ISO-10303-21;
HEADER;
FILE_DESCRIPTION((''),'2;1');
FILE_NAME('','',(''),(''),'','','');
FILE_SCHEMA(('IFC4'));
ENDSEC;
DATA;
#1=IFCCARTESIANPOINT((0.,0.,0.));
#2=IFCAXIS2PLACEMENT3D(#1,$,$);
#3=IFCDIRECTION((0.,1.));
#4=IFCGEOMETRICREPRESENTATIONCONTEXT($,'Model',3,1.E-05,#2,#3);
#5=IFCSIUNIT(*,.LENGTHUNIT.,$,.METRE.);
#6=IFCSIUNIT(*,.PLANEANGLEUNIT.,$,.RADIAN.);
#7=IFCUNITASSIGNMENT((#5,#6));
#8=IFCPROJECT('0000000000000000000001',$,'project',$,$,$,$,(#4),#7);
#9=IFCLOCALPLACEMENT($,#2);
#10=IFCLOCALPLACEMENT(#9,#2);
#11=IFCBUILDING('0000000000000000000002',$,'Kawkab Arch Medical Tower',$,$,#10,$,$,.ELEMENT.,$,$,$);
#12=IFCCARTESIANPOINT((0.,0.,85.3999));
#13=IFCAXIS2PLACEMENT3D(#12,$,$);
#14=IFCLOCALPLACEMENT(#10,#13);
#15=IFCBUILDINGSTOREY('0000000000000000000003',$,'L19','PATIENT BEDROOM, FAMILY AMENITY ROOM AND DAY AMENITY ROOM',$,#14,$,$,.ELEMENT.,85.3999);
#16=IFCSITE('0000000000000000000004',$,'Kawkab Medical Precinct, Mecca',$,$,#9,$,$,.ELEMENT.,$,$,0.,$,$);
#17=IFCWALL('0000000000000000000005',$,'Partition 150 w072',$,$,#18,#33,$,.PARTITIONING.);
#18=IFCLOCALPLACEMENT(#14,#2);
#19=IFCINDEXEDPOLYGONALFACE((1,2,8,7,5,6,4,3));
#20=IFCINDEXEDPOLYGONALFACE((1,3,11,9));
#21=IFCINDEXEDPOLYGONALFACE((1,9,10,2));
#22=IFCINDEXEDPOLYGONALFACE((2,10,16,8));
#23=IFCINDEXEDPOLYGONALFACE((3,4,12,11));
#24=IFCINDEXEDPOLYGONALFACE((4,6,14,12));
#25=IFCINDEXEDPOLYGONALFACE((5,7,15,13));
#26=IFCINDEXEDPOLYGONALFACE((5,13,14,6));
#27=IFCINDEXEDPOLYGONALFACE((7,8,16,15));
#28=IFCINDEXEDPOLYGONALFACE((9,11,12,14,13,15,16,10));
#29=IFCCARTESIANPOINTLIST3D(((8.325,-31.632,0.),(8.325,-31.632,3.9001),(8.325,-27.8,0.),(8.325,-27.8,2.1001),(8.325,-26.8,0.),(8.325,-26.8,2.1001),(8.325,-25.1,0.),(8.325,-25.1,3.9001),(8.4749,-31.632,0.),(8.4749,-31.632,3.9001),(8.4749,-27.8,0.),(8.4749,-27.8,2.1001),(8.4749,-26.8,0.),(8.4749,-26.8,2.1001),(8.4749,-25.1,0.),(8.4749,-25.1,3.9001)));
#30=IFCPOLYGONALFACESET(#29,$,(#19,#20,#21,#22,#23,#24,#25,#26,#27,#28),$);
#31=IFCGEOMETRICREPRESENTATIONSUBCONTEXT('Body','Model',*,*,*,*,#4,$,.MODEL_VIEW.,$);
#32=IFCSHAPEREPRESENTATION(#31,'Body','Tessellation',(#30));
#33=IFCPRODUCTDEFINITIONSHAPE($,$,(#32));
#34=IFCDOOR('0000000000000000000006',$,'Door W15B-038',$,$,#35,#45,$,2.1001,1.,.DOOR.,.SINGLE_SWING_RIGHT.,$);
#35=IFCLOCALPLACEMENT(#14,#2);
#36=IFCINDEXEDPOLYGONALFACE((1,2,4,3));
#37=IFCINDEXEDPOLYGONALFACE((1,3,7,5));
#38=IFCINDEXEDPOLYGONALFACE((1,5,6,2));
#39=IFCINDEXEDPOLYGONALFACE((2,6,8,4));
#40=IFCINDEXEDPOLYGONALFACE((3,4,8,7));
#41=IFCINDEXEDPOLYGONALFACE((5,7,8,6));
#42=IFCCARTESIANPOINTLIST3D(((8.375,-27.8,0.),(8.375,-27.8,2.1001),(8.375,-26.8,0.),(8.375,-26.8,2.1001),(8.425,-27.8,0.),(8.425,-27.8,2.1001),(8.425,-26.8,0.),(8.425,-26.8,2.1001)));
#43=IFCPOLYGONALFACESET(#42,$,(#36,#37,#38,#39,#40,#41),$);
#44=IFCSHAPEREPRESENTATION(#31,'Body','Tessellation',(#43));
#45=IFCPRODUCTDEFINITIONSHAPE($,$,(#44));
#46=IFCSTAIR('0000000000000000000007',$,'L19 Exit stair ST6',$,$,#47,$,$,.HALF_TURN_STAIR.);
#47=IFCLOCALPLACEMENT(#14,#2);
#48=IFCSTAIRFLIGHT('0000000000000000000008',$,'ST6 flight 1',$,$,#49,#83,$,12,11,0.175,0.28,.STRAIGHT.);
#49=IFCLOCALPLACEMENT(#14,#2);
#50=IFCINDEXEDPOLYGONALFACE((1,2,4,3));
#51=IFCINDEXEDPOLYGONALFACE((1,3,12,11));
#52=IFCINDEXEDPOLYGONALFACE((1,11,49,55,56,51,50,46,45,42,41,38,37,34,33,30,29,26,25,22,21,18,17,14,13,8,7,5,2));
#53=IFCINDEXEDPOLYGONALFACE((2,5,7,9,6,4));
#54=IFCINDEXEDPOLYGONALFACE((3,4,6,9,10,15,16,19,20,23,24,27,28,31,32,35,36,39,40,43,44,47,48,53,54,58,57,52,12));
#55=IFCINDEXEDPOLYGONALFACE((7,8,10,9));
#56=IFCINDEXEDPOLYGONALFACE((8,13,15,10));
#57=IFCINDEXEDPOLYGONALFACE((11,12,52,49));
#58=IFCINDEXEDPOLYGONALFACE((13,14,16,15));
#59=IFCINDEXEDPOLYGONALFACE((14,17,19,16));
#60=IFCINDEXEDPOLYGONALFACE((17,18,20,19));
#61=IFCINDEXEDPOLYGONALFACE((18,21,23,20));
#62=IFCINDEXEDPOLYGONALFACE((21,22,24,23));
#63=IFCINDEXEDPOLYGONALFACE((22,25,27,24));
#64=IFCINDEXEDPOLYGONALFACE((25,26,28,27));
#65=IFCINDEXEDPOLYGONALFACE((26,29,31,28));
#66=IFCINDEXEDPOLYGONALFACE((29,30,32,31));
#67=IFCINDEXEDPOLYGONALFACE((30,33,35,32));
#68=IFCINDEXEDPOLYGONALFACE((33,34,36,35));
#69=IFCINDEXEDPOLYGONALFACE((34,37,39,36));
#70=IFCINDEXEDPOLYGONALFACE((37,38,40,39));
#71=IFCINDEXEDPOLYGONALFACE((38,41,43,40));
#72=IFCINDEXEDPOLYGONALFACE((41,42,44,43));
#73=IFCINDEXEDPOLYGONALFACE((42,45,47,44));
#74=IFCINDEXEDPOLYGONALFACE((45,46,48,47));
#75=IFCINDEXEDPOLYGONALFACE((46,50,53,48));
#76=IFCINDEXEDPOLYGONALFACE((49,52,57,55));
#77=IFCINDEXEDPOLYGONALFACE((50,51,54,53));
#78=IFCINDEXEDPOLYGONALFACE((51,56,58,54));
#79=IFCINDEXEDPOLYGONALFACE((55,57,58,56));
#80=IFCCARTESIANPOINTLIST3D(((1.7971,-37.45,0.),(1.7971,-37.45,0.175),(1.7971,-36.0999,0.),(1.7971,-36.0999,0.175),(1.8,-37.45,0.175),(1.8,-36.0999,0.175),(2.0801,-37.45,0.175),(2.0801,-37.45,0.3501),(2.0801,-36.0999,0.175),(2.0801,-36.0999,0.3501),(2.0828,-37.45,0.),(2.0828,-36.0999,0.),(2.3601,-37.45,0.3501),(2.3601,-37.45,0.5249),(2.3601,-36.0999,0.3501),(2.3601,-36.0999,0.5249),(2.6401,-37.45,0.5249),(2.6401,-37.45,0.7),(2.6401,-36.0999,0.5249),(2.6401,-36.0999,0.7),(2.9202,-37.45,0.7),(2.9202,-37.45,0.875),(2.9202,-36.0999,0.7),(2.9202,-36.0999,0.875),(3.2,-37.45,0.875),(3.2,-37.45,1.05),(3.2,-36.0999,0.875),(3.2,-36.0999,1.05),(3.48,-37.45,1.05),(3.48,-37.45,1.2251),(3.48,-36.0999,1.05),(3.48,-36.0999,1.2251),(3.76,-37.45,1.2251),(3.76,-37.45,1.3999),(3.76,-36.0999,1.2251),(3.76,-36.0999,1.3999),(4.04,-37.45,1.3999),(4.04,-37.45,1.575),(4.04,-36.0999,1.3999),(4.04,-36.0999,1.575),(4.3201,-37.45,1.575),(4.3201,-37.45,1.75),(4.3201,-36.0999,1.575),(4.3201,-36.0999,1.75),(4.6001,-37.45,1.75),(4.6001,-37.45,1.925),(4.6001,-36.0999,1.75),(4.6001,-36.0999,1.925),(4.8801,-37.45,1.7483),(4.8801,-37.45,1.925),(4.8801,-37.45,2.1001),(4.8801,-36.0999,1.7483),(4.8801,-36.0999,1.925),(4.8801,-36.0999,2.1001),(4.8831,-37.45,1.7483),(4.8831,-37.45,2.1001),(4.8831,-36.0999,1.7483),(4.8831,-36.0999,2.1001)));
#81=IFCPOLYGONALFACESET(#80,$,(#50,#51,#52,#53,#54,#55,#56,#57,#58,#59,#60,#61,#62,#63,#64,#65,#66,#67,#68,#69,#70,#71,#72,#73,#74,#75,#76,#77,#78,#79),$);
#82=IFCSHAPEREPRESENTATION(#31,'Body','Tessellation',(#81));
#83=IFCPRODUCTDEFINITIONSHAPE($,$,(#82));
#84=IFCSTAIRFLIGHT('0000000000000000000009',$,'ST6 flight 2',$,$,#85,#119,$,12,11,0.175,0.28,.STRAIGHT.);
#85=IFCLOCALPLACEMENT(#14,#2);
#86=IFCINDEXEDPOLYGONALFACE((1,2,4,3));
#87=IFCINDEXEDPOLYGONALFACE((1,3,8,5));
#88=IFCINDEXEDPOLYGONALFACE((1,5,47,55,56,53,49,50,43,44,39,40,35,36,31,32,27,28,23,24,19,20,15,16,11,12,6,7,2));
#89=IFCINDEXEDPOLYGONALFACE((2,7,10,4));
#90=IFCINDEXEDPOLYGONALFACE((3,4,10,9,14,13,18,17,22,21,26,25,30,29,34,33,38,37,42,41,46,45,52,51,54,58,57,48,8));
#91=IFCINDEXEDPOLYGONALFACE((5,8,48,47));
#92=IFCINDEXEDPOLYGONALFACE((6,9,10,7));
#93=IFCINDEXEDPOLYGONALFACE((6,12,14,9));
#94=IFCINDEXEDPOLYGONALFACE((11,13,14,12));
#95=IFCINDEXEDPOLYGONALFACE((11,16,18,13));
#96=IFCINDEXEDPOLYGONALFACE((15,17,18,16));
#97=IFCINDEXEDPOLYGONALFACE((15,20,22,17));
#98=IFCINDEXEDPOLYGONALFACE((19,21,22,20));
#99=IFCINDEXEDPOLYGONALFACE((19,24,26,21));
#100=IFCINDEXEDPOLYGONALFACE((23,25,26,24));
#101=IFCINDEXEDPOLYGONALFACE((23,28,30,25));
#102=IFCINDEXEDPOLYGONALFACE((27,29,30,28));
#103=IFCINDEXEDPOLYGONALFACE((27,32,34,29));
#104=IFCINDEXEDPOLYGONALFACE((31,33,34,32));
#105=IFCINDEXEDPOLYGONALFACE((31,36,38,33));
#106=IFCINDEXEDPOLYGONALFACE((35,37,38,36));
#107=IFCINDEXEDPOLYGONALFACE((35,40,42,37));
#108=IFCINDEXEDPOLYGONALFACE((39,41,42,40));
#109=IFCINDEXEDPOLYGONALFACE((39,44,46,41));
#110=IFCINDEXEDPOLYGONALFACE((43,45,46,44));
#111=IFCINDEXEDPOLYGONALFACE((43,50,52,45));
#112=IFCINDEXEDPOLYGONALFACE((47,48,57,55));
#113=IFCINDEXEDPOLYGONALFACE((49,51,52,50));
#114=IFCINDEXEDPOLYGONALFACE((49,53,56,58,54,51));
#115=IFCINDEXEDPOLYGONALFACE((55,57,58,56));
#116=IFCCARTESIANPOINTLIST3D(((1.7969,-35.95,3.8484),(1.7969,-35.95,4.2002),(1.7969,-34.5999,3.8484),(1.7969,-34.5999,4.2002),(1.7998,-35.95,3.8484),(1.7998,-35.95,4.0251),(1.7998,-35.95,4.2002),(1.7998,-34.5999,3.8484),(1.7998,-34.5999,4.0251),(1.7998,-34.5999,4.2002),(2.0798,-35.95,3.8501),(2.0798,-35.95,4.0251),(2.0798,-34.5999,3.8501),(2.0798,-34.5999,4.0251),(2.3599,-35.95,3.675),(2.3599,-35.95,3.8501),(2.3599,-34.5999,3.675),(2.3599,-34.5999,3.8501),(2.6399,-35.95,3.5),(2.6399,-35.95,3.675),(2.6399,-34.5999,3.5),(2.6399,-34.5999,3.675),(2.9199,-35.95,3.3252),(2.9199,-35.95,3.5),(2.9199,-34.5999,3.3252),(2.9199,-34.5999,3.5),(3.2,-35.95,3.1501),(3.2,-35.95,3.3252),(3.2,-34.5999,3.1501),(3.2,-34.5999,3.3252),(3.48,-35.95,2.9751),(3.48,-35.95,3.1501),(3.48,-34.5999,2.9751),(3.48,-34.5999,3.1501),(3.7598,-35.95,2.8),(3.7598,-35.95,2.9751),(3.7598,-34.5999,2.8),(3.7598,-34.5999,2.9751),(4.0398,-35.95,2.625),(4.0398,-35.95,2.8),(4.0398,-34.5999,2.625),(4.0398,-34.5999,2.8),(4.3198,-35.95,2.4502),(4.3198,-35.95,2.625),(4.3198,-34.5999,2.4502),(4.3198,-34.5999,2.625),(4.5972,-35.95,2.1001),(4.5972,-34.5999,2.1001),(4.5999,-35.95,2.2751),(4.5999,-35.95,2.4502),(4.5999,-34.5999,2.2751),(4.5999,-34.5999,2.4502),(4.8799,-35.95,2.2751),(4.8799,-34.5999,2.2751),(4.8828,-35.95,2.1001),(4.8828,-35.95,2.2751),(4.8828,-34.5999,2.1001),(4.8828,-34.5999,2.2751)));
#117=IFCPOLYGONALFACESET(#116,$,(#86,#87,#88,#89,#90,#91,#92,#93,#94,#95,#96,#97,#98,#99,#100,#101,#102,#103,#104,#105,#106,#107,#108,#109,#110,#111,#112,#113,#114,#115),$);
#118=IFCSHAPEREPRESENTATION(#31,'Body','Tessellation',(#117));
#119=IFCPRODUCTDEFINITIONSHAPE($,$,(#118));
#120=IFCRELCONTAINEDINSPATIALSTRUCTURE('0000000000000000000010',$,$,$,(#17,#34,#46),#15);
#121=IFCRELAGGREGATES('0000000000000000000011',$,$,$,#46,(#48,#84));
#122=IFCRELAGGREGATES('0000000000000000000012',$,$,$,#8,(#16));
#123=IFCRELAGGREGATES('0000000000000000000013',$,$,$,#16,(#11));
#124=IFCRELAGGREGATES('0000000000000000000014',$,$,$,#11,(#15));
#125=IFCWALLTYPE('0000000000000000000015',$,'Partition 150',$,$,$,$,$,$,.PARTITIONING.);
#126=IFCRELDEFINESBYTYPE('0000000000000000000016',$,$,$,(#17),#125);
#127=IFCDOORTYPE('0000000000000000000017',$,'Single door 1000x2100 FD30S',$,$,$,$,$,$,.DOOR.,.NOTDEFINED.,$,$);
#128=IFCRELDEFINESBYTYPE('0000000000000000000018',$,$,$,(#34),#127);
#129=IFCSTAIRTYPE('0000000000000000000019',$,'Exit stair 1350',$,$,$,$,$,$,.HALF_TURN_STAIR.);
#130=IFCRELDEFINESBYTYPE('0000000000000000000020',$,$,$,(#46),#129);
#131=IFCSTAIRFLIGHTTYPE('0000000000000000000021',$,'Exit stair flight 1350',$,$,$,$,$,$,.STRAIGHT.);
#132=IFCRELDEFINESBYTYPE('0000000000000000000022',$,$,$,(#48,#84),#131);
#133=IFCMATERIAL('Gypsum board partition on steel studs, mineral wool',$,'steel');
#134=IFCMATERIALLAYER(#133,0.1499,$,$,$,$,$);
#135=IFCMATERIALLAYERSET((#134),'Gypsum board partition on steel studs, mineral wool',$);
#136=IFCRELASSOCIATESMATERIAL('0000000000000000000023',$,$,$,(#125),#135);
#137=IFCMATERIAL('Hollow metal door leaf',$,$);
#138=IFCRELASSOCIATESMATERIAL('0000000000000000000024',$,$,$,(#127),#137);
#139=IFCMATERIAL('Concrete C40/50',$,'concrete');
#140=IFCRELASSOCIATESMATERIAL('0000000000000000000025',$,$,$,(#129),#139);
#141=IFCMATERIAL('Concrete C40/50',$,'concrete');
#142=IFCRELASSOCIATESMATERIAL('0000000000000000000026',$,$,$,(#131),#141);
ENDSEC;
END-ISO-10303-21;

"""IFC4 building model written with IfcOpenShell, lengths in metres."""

from ifc_helpers import new_model, si_unit, direction, frame, frame_2d, origin, place, context, subcontext, project, spatial, polyline, rectangle, outline, extrude, material, layer, layer_set, type_object, element, fill, aggregate, save


model = new_model("IFC4")

# Units and contexts
model_context = context("Model", 3, precision=1e-05, world=origin(), true_north=direction((0.0, 1.0)))
body_context = subcontext(model_context, "Body", "Model", "MODEL_VIEW")
ifc_project = project(units=[si_unit("LENGTHUNIT", "METRE"), si_unit("PLANEANGLEUNIT", "RADIAN")], contexts=[model_context])

# Site, building, storey
site_placement = place(None, origin())
site = spatial("IfcSite", under=ifc_project, at=site_placement, Name="Kawkab Medical Precinct, Mecca", CompositionType="ELEMENT", RefElevation=0.0)
building_placement = place(site_placement, origin())
building = spatial("IfcBuilding", under=site, at=building_placement, Name="Kawkab Arch Medical Tower", CompositionType="ELEMENT")
storey_placement = place(building_placement, frame((0.0, 0.0, 85.3999)))
storey = spatial("IfcBuildingStorey", under=building, at=storey_placement, Name="L19", Description="PATIENT BEDROOM, FAMILY AMENITY ROOM AND DAY AMENITY ROOM", CompositionType="ELEMENT", Elevation=85.3999)

# Shared definitions
ifc_material_1 = material(Name="Gypsum board partition on steel studs, mineral wool", Category="steel")
ifc_layer_1 = layer(ifc_material_1, 0.1499)
ifc_layer_set_1 = layer_set([ifc_layer_1], Name="Gypsum board partition on steel studs, mineral wool")
wall_type_1 = type_object("IfcWallType", Name="Partition 150", PredefinedType="PARTITIONING", material=ifc_layer_set_1)

# Shared definitions
ifc_material_2 = material(Name="Hollow metal door leaf")
door_type_1 = type_object("IfcDoorType", Name="Single door 1000x2100 FD30S", OperationType="NOTDEFINED", PredefinedType="DOOR", material=ifc_material_2)

# Wall, opening, door
wall_1_placement = place(storey_placement, frame((8.3999, -31.6321, 0.0), z_axis=(0.0, 0.0, 1.0), x_axis=(0.0, 1.0, 0.0)))
wall_1 = element("IfcWall", 1, at=wall_1_placement, inside=storey, type_object=wall_type_1, Name="Partition 150 w072", PredefinedType="PARTITIONING", context=body_context, shape_type="SweptSolid", body=[
    extrude(rectangle(XDim=6.532, YDim=0.1499, at=frame_2d((3.2661, 0.0))), origin(), (0.0, 0.0, 1.0), 3.9001),
])
opening_1_placement = place(wall_1_placement, frame((3.832, 0.0, 0.0)))
opening_1 = element("IfcOpeningElement", 2, at=opening_1_placement, cuts=wall_1, PredefinedType="OPENING", context=body_context, shape_type="SweptSolid", body=[
    extrude(rectangle(XDim=1.0, YDim=2.1001, at=frame_2d((0.5, 1.05))), frame((0.0, 0.085, 0.0), z_axis=(0.0, -1.0, 0.0), x_axis=(1.0, 0.0, 0.0)), (0.0, 0.0, 1.0), 0.1699),
])
door_1_placement = place(opening_1_placement, origin())
door_1 = element("IfcDoor", 3, at=door_1_placement, inside=storey, type_object=door_type_1, Name="Door W15B-038", OperationType="SINGLE_SWING_RIGHT", OverallHeight=2.1001, OverallWidth=1.0, PredefinedType="DOOR", context=body_context, shape_type="SweptSolid", body=[
    extrude(rectangle(XDim=1.0, YDim=2.1001, at=frame_2d((0.5, 1.05))), frame((0.0, 0.0249, 0.0), z_axis=(0.0, -1.0, 0.0), x_axis=(1.0, 0.0, 0.0)), (0.0, 0.0, 1.0), 0.05),
])
fill(opening_1, door_1)

# Stair, stair flights
ifc_material_3 = material(Name="Concrete C40/50", Category="concrete")
stair_type = type_object("IfcStairType", Name="Exit stair 1350", PredefinedType="HALF_TURN_STAIR", material=ifc_material_3)
stair_placement = place(storey_placement, origin())
stair = element("IfcStair", 4, at=stair_placement, inside=storey, type_object=stair_type, Name="L19 Exit stair ST6", PredefinedType="HALF_TURN_STAIR")
ifc_material_4 = material(Name="Concrete C40/50", Category="concrete")
stair_flight_type = type_object("IfcStairFlightType", Name="Exit stair flight 1350", PredefinedType="STRAIGHT", material=ifc_material_4)
stair_flight_1_placement = place(storey_placement, frame((1.8, -36.7749, 0.0), z_axis=(0.0, 0.0, 1.0), x_axis=(1.0, 0.0, 0.0)))
stair_flight_1 = element("IfcStairFlight", 5, at=stair_flight_1_placement, type_object=stair_flight_type, Name="ST6 flight 1", NumberOfRisers=12, NumberOfTreads=11, PredefinedType="STRAIGHT", RiserHeight=0.175, TreadLength=0.28, context=body_context, shape_type="SweptSolid", body=[
    extrude(outline(polyline([(-0.0029, 0.0), (-0.0029, 0.175), (0.0, 0.175), (0.28, 0.175), (0.28, 0.3501), (0.5601, 0.3501), (0.5601, 0.5249), (0.8401, 0.5249), (0.8401, 0.7), (1.1201, 0.7), (1.1201, 0.875), (1.3999, 0.875), (1.3999, 1.05), (1.6799, 1.05), (1.6799, 1.2251), (1.96, 1.2251), (1.96, 1.3999), (2.24, 1.3999), (2.24, 1.575), (2.52, 1.575), (2.52, 1.75), (2.8, 1.75), (2.8, 1.925), (3.0801, 1.925), (3.0801, 2.1001), (3.083, 2.1001), (3.083, 1.7483), (3.0801, 1.7483), (0.2827, 0.0), (-0.0029, 0.0)])), frame((0.0, 0.675, 0.0), z_axis=(0.0, -1.0, 0.0), x_axis=(1.0, 0.0, 0.0)), (0.0, 0.0, 1.0), 1.3501),
])
stair_flight_2_placement = place(storey_placement, frame((4.8799, -35.2749, 2.1001), z_axis=(0.0, 0.0, 1.0), x_axis=(-1.0, 0.0, 0.0)))
stair_flight_2 = element("IfcStairFlight", 6, at=stair_flight_2_placement, type_object=stair_flight_type, Name="ST6 flight 2", NumberOfRisers=12, NumberOfTreads=11, PredefinedType="STRAIGHT", RiserHeight=0.175, TreadLength=0.28, context=body_context, shape_type="SweptSolid", body=[
    extrude(outline(polyline([(-0.0029, 0.0), (-0.0029, 0.175), (0.0, 0.175), (0.28, 0.175), (0.28, 0.3501), (0.5601, 0.3501), (0.5601, 0.5249), (0.8401, 0.5249), (0.8401, 0.7), (1.1201, 0.7), (1.1201, 0.875), (1.3999, 0.875), (1.3999, 1.05), (1.6799, 1.05), (1.6799, 1.2251), (1.96, 1.2251), (1.96, 1.3999), (2.24, 1.3999), (2.24, 1.575), (2.52, 1.575), (2.52, 1.75), (2.8, 1.75), (2.8, 1.925), (3.0801, 1.925), (3.0801, 2.1001), (3.083, 2.1001), (3.083, 1.7483), (3.0801, 1.7483), (0.2827, 0.0), (-0.0029, 0.0)])), frame((0.0, 0.675, 0.0), z_axis=(0.0, -1.0, 0.0), x_axis=(1.0, 0.0, 0.0)), (0.0, 0.0, 1.0), 1.3501),
])
aggregate(stair, [stair_flight_1, stair_flight_2])

save(model, "model.ifc")
